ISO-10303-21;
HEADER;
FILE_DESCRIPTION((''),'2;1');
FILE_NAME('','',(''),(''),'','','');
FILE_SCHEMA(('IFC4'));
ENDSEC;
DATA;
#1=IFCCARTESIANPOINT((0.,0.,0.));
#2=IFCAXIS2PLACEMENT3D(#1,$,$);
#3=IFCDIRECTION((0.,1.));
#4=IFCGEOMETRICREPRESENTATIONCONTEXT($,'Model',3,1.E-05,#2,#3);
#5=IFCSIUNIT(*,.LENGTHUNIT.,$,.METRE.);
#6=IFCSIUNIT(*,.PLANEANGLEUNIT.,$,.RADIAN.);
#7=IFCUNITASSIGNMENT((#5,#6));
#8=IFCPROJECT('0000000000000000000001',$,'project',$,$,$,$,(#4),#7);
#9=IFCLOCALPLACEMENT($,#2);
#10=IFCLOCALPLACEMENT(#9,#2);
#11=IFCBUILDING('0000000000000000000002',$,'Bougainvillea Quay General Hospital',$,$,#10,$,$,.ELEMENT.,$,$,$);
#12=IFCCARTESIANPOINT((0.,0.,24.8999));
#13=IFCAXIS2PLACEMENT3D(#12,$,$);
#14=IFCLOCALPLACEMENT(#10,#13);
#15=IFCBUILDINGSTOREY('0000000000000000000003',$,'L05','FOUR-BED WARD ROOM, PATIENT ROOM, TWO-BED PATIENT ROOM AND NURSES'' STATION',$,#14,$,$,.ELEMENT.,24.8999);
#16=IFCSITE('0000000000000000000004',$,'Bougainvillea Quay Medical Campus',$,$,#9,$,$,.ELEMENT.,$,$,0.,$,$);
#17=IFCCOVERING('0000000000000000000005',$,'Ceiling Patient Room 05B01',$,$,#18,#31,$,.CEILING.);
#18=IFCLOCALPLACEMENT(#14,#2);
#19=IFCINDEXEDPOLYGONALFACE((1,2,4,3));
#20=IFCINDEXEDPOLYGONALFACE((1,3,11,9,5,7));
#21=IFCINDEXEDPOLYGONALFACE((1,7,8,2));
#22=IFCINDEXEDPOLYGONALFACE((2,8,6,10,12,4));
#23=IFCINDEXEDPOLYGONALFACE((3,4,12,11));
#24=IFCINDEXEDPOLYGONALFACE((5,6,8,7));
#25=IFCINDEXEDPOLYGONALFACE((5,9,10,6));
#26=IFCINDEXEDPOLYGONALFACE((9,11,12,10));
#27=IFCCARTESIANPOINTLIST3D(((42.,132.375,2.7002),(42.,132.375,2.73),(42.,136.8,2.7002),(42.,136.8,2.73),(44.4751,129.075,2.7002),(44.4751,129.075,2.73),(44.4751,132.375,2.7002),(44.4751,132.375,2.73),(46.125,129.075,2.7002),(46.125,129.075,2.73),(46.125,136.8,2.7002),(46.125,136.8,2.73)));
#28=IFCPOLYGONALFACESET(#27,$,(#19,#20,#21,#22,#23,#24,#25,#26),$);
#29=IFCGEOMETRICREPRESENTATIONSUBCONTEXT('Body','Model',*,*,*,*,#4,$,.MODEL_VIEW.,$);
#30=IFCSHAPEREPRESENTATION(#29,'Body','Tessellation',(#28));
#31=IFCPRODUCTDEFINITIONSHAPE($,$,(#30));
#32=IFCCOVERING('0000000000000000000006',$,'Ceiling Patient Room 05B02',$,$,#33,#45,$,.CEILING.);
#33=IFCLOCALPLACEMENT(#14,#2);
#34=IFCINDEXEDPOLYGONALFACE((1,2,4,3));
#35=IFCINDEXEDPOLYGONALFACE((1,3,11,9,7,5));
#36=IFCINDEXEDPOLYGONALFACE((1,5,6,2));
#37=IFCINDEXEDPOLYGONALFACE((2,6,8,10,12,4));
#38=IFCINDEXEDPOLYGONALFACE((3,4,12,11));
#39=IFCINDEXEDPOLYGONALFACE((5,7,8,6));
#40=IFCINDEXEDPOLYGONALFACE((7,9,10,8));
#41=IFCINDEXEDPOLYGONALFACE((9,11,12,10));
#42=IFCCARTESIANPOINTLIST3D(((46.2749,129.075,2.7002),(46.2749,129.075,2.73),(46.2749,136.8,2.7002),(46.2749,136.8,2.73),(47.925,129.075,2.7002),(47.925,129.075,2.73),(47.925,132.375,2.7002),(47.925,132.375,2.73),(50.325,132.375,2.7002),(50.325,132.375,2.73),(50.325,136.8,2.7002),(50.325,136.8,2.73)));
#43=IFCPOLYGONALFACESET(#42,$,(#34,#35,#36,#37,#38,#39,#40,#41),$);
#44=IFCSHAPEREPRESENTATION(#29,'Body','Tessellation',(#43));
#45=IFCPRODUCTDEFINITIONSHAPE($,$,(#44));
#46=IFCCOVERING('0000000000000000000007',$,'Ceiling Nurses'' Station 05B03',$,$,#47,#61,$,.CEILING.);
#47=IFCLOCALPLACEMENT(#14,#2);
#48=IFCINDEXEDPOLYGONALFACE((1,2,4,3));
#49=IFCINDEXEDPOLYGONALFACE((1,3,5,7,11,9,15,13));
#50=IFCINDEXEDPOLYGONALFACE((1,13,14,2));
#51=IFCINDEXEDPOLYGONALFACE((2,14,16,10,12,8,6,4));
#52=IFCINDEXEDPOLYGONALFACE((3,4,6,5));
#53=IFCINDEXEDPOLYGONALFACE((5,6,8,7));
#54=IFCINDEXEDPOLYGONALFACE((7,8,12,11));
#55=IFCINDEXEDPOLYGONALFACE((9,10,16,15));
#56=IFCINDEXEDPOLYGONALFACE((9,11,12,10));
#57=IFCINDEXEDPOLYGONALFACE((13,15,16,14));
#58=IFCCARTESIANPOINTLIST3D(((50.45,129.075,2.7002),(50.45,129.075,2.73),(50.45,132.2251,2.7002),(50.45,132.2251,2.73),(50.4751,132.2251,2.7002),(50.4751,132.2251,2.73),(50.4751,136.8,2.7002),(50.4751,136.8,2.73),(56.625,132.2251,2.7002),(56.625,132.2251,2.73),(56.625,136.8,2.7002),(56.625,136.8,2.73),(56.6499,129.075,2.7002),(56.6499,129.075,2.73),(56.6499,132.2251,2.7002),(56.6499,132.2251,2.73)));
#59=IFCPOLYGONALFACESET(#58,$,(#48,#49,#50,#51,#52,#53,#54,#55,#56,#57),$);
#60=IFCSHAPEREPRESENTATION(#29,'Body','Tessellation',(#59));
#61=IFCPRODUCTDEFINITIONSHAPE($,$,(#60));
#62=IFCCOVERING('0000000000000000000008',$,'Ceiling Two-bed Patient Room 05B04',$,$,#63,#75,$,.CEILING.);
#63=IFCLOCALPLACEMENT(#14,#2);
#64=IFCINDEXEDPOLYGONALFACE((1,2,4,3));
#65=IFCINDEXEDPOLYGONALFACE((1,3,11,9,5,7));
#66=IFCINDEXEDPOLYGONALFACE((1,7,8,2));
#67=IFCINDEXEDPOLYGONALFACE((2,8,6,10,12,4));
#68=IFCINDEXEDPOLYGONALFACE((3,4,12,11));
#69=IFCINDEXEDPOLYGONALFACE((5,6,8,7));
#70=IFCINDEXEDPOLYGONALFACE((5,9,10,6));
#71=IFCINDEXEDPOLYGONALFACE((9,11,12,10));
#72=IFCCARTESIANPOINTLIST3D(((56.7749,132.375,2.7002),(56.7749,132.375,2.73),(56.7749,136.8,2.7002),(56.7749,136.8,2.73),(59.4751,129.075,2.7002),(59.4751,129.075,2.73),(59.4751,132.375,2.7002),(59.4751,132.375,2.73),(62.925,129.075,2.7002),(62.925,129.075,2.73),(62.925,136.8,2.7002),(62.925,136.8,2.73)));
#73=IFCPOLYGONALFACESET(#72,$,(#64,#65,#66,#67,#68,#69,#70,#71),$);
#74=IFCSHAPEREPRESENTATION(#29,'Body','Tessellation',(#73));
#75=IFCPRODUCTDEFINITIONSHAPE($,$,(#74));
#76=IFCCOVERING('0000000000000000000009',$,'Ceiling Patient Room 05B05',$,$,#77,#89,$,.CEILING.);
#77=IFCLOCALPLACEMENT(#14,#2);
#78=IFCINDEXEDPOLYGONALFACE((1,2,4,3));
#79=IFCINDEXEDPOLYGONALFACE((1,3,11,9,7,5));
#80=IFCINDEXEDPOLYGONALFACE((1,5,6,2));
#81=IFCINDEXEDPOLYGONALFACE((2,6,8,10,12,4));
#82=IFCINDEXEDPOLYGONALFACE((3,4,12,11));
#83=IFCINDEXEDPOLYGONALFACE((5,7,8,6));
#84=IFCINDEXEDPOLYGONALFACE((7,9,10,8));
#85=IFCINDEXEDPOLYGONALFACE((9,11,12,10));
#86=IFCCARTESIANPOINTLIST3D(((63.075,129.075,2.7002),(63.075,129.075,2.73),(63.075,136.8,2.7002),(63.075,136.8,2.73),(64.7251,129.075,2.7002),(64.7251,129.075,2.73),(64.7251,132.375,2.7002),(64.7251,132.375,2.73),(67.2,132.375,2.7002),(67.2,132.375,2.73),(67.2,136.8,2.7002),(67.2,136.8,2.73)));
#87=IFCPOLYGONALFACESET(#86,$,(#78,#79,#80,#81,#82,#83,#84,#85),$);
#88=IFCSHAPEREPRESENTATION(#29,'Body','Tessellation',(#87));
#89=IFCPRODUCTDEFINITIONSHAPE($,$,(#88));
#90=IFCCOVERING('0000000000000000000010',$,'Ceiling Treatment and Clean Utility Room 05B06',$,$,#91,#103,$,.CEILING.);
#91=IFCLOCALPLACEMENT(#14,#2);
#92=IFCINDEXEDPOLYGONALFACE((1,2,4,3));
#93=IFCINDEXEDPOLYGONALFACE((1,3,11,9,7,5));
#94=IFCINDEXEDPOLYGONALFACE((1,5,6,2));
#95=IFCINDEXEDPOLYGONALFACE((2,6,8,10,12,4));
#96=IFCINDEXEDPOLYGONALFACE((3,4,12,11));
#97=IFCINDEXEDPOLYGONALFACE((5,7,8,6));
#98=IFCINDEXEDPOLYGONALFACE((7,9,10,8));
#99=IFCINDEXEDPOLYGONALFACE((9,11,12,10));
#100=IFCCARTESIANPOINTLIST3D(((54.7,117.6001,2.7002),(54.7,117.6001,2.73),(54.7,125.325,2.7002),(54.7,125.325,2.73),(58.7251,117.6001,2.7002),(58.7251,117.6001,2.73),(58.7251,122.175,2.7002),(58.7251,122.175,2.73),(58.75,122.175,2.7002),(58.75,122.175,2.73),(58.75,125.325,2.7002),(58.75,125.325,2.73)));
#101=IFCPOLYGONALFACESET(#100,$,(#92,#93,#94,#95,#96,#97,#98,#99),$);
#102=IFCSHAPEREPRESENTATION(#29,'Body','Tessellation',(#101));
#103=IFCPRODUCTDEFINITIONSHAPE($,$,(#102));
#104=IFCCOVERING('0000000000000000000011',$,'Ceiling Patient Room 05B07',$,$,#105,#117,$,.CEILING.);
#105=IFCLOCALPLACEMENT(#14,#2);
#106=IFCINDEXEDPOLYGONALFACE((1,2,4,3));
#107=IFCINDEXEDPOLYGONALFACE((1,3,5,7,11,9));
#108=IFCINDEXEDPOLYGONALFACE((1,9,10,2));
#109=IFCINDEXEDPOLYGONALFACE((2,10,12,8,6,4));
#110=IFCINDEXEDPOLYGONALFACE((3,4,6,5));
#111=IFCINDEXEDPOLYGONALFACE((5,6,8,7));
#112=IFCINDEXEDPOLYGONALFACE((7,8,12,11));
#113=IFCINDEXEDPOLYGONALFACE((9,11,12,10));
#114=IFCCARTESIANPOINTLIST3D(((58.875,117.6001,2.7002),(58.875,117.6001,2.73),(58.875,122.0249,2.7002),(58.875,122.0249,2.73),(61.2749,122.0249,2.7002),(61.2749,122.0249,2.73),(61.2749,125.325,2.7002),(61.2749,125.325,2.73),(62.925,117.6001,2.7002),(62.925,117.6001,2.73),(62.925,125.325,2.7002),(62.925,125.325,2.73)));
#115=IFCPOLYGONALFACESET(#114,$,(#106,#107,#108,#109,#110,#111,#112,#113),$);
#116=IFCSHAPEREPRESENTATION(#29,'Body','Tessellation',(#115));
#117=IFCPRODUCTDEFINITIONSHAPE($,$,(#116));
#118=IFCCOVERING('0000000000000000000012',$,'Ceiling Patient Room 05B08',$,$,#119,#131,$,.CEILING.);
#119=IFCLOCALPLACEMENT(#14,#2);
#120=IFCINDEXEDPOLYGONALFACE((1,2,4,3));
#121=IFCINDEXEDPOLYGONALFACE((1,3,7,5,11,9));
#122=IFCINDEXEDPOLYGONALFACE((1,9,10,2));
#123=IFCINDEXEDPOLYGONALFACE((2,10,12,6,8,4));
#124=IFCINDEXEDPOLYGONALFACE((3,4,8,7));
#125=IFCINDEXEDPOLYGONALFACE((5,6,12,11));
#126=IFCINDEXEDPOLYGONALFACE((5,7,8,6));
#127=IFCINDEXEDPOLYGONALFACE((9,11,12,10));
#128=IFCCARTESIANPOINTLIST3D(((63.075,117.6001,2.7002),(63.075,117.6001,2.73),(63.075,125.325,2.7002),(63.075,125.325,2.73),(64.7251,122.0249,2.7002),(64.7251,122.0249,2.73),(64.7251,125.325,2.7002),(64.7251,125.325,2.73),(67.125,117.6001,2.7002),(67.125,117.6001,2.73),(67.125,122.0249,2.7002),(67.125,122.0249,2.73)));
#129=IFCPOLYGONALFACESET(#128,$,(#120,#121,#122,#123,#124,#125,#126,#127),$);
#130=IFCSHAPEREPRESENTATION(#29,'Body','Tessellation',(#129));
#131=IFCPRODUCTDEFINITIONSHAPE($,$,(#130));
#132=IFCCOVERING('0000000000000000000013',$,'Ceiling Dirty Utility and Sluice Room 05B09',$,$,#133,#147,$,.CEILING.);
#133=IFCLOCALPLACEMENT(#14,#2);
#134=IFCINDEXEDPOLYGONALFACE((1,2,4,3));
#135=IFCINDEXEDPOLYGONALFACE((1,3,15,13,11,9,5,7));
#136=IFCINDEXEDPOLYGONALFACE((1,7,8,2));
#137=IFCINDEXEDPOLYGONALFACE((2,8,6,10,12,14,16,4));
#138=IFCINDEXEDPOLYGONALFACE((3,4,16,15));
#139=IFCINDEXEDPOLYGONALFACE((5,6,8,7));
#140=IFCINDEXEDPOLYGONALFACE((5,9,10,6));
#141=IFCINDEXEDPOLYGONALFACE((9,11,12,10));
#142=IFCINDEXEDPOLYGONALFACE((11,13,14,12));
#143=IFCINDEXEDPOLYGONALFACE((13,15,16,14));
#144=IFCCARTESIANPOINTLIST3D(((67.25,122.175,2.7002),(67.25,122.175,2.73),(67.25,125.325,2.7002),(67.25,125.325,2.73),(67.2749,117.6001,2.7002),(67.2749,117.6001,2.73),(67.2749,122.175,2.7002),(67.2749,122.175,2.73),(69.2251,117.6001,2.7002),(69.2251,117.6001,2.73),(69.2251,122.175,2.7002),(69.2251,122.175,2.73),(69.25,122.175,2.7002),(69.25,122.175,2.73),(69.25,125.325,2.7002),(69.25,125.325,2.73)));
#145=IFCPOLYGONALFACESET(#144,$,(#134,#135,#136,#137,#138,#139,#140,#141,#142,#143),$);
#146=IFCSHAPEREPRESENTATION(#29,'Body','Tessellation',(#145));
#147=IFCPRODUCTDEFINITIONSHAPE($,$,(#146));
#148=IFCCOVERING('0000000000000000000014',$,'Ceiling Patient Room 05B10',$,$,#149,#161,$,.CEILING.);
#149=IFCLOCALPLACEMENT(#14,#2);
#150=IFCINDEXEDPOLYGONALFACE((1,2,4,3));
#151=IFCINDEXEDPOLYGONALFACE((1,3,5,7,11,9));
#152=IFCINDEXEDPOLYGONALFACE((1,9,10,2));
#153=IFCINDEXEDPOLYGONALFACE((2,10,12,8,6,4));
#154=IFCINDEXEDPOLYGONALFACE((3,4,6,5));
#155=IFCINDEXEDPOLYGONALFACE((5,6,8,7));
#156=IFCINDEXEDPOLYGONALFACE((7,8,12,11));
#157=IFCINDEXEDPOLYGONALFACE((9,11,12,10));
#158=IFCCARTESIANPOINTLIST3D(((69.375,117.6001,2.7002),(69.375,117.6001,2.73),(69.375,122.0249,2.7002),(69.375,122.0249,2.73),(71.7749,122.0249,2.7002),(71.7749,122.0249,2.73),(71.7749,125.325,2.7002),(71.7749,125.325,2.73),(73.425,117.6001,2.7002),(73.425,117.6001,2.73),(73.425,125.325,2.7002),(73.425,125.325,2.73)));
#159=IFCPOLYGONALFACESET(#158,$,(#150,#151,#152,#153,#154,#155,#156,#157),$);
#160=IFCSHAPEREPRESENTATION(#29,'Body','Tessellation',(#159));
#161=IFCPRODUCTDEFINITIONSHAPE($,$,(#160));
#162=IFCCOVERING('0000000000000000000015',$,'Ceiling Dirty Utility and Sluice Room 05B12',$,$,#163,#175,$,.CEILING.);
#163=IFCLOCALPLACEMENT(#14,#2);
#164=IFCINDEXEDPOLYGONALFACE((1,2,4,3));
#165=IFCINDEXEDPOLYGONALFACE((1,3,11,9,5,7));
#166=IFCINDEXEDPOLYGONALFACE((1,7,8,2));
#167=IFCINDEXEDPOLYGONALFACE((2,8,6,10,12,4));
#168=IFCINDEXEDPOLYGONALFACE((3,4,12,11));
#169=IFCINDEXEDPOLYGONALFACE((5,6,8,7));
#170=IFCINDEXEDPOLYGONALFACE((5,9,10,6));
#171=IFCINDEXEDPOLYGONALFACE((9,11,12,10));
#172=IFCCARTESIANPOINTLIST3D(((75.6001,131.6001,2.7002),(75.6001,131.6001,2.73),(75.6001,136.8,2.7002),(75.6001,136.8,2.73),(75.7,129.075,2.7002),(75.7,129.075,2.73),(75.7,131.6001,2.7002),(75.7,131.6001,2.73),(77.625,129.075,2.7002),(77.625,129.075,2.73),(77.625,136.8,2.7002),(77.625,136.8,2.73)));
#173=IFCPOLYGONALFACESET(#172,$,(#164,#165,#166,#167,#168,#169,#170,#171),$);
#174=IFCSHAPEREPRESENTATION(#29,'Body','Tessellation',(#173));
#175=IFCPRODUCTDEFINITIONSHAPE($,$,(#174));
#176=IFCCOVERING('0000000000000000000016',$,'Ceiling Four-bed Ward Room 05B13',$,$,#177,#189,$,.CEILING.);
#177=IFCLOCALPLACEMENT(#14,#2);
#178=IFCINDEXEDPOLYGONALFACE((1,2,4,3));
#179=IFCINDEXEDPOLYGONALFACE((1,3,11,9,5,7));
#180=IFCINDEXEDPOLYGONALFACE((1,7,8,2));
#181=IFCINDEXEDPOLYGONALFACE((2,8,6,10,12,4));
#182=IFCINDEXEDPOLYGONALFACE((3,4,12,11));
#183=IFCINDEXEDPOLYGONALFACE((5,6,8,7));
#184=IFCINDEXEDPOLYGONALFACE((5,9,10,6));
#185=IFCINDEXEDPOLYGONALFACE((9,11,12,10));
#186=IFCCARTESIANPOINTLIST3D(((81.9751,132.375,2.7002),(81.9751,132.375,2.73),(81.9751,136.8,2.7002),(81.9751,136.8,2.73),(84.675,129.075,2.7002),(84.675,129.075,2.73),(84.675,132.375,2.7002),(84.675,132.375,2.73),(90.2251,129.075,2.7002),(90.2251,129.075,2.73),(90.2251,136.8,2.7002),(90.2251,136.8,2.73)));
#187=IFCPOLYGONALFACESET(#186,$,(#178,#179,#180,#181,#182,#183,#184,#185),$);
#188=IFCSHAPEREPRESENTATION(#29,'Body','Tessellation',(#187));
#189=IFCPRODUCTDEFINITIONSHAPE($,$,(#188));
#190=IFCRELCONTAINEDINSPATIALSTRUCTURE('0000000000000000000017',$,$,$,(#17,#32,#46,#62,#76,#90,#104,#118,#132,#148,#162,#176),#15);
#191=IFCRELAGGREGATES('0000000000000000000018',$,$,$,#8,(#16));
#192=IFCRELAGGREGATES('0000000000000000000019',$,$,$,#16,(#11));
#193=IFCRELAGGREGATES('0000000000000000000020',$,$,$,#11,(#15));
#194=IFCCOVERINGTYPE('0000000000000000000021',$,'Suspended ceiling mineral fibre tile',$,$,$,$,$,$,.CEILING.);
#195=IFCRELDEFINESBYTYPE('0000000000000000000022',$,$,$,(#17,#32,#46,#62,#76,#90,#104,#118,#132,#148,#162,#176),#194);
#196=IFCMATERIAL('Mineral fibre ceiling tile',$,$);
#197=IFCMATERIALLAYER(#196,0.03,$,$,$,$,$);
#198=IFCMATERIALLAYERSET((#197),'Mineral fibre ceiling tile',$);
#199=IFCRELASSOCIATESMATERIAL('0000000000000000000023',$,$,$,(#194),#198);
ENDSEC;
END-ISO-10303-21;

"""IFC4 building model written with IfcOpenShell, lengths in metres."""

from ifc_helpers import new_model, si_unit, direction, frame, origin, place, context, subcontext, project, spatial, polyline, outline, extrude, material, layer, layer_set, type_object, element, save


model = new_model("IFC4")

# Units and contexts
model_context = context("Model", 3, precision=1e-05, world=origin(), true_north=direction((0.0, 1.0)))
body_context = subcontext(model_context, "Body", "Model", "MODEL_VIEW")
ifc_project = project(units=[si_unit("LENGTHUNIT", "METRE"), si_unit("PLANEANGLEUNIT", "RADIAN")], contexts=[model_context])

# Site, building, storey
site_placement = place(None, origin())
site = spatial("IfcSite", under=ifc_project, at=site_placement, Name="Bougainvillea Quay Medical Campus", CompositionType="ELEMENT", RefElevation=0.0)
building_placement = place(site_placement, origin())
building = spatial("IfcBuilding", under=site, at=building_placement, Name="Bougainvillea Quay General Hospital", CompositionType="ELEMENT")
storey_placement = place(building_placement, frame((0.0, 0.0, 24.8999)))
storey = spatial("IfcBuildingStorey", under=building, at=storey_placement, Name="L05", Description="FOUR-BED WARD ROOM, PATIENT ROOM, TWO-BED PATIENT ROOM AND NURSES' STATION", CompositionType="ELEMENT", Elevation=24.8999)

# Coverings
ifc_material = material(Name="Mineral fibre ceiling tile")
ifc_layer = layer(ifc_material, 0.03)
ifc_layer_set = layer_set([ifc_layer], Name="Mineral fibre ceiling tile")
covering_type = type_object("IfcCoveringType", Name="Suspended ceiling mineral fibre tile", PredefinedType="CEILING", material=ifc_layer_set)
covering_1_placement = place(storey_placement, frame((0.0, 0.0, 2.7002)))
element("IfcCovering", 1, at=covering_1_placement, inside=storey, type_object=covering_type, Name="Ceiling Patient Room 05B01", PredefinedType="CEILING", context=body_context, shape_type="SweptSolid", body=[
    extrude(outline(polyline([(42.0, 136.8), (42.0, 132.375), (44.4751, 132.375), (44.4751, 129.075), (46.125, 129.075), (46.125, 136.8), (42.0, 136.8)])), origin(), (0.0, 0.0, 1.0), 0.0298),
])
covering_2_placement = place(storey_placement, frame((0.0, 0.0, 2.7002)))
element("IfcCovering", 2, at=covering_2_placement, inside=storey, type_object=covering_type, Name="Ceiling Patient Room 05B02", PredefinedType="CEILING", context=body_context, shape_type="SweptSolid", body=[
    extrude(outline(polyline([(46.2749, 136.8), (46.2749, 129.075), (47.925, 129.075), (47.925, 132.375), (50.325, 132.375), (50.325, 136.8), (46.2749, 136.8)])), origin(), (0.0, 0.0, 1.0), 0.0298),
])
covering_3_placement = place(storey_placement, frame((0.0, 0.0, 2.7002)))
element("IfcCovering", 3, at=covering_3_placement, inside=storey, type_object=covering_type, Name="Ceiling Nurses' Station 05B03", PredefinedType="CEILING", context=body_context, shape_type="SweptSolid", body=[
    extrude(outline(polyline([(50.4751, 136.8), (50.4751, 132.2251), (50.45, 132.2251), (50.45, 129.075), (56.6499, 129.075), (56.6499, 132.2251), (56.625, 132.2251), (56.625, 136.8), (50.4751, 136.8)])), origin(), (0.0, 0.0, 1.0), 0.0298),
])
covering_4_placement = place(storey_placement, frame((0.0, 0.0, 2.7002)))
element("IfcCovering", 4, at=covering_4_placement, inside=storey, type_object=covering_type, Name="Ceiling Two-bed Patient Room 05B04", PredefinedType="CEILING", context=body_context, shape_type="SweptSolid", body=[
    extrude(outline(polyline([(56.7749, 136.8), (56.7749, 132.375), (59.4751, 132.375), (59.4751, 129.075), (62.925, 129.075), (62.925, 136.8), (56.7749, 136.8)])), origin(), (0.0, 0.0, 1.0), 0.0298),
])
covering_5_placement = place(storey_placement, frame((0.0, 0.0, 2.7002)))
element("IfcCovering", 5, at=covering_5_placement, inside=storey, type_object=covering_type, Name="Ceiling Patient Room 05B05", PredefinedType="CEILING", context=body_context, shape_type="SweptSolid", body=[
    extrude(outline(polyline([(63.075, 136.8), (63.075, 129.075), (64.7251, 129.075), (64.7251, 132.375), (67.2, 132.375), (67.2, 136.8), (63.075, 136.8)])), origin(), (0.0, 0.0, 1.0), 0.0298),
])
covering_6_placement = place(storey_placement, frame((0.0, 0.0, 2.7002)))
element("IfcCovering", 6, at=covering_6_placement, inside=storey, type_object=covering_type, Name="Ceiling Treatment and Clean Utility Room 05B06", PredefinedType="CEILING", context=body_context, shape_type="SweptSolid", body=[
    extrude(outline(polyline([(58.7251, 117.6001), (58.7251, 122.175), (58.75, 122.175), (58.75, 125.325), (54.7, 125.325), (54.7, 117.6001), (58.7251, 117.6001)])), origin(), (0.0, 0.0, 1.0), 0.0298),
])
covering_7_placement = place(storey_placement, frame((0.0, 0.0, 2.7002)))
element("IfcCovering", 7, at=covering_7_placement, inside=storey, type_object=covering_type, Name="Ceiling Patient Room 05B07", PredefinedType="CEILING", context=body_context, shape_type="SweptSolid", body=[
    extrude(outline(polyline([(62.925, 117.6001), (62.925, 125.325), (61.2749, 125.325), (61.2749, 122.0249), (58.875, 122.0249), (58.875, 117.6001), (62.925, 117.6001)])), origin(), (0.0, 0.0, 1.0), 0.0298),
])
covering_8_placement = place(storey_placement, frame((0.0, 0.0, 2.7002)))
element("IfcCovering", 8, at=covering_8_placement, inside=storey, type_object=covering_type, Name="Ceiling Patient Room 05B08", PredefinedType="CEILING", context=body_context, shape_type="SweptSolid", body=[
    extrude(outline(polyline([(67.125, 117.6001), (67.125, 122.0249), (64.7251, 122.0249), (64.7251, 125.325), (63.075, 125.325), (63.075, 117.6001), (67.125, 117.6001)])), origin(), (0.0, 0.0, 1.0), 0.0298),
])
covering_9_placement = place(storey_placement, frame((0.0, 0.0, 2.7002)))
element("IfcCovering", 9, at=covering_9_placement, inside=storey, type_object=covering_type, Name="Ceiling Dirty Utility and Sluice Room 05B09", PredefinedType="CEILING", context=body_context, shape_type="SweptSolid", body=[
    extrude(outline(polyline([(69.2251, 117.6001), (69.2251, 122.175), (69.25, 122.175), (69.25, 125.325), (67.25, 125.325), (67.25, 122.175), (67.2749, 122.175), (67.2749, 117.6001), (69.2251, 117.6001)])), origin(), (0.0, 0.0, 1.0), 0.0298),
])
covering_10_placement = place(storey_placement, frame((0.0, 0.0, 2.7002)))
element("IfcCovering", 10, at=covering_10_placement, inside=storey, type_object=covering_type, Name="Ceiling Patient Room 05B10", PredefinedType="CEILING", context=body_context, shape_type="SweptSolid", body=[
    extrude(outline(polyline([(73.425, 117.6001), (73.425, 125.325), (71.7749, 125.325), (71.7749, 122.0249), (69.375, 122.0249), (69.375, 117.6001), (73.425, 117.6001)])), origin(), (0.0, 0.0, 1.0), 0.0298),
])
covering_11_placement = place(storey_placement, frame((0.0, 0.0, 2.7002)))
element("IfcCovering", 11, at=covering_11_placement, inside=storey, type_object=covering_type, Name="Ceiling Dirty Utility and Sluice Room 05B12", PredefinedType="CEILING", context=body_context, shape_type="SweptSolid", body=[
    extrude(outline(polyline([(75.6001, 131.6001), (75.7, 131.6001), (75.7, 129.075), (77.625, 129.075), (77.625, 136.8), (75.6001, 136.8), (75.6001, 131.6001)])), origin(), (0.0, 0.0, 1.0), 0.0298),
])
covering_12_placement = place(storey_placement, frame((0.0, 0.0, 2.7002)))
element("IfcCovering", 12, at=covering_12_placement, inside=storey, type_object=covering_type, Name="Ceiling Four-bed Ward Room 05B13", PredefinedType="CEILING", context=body_context, shape_type="SweptSolid", body=[
    extrude(outline(polyline([(81.9751, 136.8), (81.9751, 132.375), (84.675, 132.375), (84.675, 129.075), (90.2251, 129.075), (90.2251, 136.8), (81.9751, 136.8)])), origin(), (0.0, 0.0, 1.0), 0.0298),
])

save(model, "model.ifc")
